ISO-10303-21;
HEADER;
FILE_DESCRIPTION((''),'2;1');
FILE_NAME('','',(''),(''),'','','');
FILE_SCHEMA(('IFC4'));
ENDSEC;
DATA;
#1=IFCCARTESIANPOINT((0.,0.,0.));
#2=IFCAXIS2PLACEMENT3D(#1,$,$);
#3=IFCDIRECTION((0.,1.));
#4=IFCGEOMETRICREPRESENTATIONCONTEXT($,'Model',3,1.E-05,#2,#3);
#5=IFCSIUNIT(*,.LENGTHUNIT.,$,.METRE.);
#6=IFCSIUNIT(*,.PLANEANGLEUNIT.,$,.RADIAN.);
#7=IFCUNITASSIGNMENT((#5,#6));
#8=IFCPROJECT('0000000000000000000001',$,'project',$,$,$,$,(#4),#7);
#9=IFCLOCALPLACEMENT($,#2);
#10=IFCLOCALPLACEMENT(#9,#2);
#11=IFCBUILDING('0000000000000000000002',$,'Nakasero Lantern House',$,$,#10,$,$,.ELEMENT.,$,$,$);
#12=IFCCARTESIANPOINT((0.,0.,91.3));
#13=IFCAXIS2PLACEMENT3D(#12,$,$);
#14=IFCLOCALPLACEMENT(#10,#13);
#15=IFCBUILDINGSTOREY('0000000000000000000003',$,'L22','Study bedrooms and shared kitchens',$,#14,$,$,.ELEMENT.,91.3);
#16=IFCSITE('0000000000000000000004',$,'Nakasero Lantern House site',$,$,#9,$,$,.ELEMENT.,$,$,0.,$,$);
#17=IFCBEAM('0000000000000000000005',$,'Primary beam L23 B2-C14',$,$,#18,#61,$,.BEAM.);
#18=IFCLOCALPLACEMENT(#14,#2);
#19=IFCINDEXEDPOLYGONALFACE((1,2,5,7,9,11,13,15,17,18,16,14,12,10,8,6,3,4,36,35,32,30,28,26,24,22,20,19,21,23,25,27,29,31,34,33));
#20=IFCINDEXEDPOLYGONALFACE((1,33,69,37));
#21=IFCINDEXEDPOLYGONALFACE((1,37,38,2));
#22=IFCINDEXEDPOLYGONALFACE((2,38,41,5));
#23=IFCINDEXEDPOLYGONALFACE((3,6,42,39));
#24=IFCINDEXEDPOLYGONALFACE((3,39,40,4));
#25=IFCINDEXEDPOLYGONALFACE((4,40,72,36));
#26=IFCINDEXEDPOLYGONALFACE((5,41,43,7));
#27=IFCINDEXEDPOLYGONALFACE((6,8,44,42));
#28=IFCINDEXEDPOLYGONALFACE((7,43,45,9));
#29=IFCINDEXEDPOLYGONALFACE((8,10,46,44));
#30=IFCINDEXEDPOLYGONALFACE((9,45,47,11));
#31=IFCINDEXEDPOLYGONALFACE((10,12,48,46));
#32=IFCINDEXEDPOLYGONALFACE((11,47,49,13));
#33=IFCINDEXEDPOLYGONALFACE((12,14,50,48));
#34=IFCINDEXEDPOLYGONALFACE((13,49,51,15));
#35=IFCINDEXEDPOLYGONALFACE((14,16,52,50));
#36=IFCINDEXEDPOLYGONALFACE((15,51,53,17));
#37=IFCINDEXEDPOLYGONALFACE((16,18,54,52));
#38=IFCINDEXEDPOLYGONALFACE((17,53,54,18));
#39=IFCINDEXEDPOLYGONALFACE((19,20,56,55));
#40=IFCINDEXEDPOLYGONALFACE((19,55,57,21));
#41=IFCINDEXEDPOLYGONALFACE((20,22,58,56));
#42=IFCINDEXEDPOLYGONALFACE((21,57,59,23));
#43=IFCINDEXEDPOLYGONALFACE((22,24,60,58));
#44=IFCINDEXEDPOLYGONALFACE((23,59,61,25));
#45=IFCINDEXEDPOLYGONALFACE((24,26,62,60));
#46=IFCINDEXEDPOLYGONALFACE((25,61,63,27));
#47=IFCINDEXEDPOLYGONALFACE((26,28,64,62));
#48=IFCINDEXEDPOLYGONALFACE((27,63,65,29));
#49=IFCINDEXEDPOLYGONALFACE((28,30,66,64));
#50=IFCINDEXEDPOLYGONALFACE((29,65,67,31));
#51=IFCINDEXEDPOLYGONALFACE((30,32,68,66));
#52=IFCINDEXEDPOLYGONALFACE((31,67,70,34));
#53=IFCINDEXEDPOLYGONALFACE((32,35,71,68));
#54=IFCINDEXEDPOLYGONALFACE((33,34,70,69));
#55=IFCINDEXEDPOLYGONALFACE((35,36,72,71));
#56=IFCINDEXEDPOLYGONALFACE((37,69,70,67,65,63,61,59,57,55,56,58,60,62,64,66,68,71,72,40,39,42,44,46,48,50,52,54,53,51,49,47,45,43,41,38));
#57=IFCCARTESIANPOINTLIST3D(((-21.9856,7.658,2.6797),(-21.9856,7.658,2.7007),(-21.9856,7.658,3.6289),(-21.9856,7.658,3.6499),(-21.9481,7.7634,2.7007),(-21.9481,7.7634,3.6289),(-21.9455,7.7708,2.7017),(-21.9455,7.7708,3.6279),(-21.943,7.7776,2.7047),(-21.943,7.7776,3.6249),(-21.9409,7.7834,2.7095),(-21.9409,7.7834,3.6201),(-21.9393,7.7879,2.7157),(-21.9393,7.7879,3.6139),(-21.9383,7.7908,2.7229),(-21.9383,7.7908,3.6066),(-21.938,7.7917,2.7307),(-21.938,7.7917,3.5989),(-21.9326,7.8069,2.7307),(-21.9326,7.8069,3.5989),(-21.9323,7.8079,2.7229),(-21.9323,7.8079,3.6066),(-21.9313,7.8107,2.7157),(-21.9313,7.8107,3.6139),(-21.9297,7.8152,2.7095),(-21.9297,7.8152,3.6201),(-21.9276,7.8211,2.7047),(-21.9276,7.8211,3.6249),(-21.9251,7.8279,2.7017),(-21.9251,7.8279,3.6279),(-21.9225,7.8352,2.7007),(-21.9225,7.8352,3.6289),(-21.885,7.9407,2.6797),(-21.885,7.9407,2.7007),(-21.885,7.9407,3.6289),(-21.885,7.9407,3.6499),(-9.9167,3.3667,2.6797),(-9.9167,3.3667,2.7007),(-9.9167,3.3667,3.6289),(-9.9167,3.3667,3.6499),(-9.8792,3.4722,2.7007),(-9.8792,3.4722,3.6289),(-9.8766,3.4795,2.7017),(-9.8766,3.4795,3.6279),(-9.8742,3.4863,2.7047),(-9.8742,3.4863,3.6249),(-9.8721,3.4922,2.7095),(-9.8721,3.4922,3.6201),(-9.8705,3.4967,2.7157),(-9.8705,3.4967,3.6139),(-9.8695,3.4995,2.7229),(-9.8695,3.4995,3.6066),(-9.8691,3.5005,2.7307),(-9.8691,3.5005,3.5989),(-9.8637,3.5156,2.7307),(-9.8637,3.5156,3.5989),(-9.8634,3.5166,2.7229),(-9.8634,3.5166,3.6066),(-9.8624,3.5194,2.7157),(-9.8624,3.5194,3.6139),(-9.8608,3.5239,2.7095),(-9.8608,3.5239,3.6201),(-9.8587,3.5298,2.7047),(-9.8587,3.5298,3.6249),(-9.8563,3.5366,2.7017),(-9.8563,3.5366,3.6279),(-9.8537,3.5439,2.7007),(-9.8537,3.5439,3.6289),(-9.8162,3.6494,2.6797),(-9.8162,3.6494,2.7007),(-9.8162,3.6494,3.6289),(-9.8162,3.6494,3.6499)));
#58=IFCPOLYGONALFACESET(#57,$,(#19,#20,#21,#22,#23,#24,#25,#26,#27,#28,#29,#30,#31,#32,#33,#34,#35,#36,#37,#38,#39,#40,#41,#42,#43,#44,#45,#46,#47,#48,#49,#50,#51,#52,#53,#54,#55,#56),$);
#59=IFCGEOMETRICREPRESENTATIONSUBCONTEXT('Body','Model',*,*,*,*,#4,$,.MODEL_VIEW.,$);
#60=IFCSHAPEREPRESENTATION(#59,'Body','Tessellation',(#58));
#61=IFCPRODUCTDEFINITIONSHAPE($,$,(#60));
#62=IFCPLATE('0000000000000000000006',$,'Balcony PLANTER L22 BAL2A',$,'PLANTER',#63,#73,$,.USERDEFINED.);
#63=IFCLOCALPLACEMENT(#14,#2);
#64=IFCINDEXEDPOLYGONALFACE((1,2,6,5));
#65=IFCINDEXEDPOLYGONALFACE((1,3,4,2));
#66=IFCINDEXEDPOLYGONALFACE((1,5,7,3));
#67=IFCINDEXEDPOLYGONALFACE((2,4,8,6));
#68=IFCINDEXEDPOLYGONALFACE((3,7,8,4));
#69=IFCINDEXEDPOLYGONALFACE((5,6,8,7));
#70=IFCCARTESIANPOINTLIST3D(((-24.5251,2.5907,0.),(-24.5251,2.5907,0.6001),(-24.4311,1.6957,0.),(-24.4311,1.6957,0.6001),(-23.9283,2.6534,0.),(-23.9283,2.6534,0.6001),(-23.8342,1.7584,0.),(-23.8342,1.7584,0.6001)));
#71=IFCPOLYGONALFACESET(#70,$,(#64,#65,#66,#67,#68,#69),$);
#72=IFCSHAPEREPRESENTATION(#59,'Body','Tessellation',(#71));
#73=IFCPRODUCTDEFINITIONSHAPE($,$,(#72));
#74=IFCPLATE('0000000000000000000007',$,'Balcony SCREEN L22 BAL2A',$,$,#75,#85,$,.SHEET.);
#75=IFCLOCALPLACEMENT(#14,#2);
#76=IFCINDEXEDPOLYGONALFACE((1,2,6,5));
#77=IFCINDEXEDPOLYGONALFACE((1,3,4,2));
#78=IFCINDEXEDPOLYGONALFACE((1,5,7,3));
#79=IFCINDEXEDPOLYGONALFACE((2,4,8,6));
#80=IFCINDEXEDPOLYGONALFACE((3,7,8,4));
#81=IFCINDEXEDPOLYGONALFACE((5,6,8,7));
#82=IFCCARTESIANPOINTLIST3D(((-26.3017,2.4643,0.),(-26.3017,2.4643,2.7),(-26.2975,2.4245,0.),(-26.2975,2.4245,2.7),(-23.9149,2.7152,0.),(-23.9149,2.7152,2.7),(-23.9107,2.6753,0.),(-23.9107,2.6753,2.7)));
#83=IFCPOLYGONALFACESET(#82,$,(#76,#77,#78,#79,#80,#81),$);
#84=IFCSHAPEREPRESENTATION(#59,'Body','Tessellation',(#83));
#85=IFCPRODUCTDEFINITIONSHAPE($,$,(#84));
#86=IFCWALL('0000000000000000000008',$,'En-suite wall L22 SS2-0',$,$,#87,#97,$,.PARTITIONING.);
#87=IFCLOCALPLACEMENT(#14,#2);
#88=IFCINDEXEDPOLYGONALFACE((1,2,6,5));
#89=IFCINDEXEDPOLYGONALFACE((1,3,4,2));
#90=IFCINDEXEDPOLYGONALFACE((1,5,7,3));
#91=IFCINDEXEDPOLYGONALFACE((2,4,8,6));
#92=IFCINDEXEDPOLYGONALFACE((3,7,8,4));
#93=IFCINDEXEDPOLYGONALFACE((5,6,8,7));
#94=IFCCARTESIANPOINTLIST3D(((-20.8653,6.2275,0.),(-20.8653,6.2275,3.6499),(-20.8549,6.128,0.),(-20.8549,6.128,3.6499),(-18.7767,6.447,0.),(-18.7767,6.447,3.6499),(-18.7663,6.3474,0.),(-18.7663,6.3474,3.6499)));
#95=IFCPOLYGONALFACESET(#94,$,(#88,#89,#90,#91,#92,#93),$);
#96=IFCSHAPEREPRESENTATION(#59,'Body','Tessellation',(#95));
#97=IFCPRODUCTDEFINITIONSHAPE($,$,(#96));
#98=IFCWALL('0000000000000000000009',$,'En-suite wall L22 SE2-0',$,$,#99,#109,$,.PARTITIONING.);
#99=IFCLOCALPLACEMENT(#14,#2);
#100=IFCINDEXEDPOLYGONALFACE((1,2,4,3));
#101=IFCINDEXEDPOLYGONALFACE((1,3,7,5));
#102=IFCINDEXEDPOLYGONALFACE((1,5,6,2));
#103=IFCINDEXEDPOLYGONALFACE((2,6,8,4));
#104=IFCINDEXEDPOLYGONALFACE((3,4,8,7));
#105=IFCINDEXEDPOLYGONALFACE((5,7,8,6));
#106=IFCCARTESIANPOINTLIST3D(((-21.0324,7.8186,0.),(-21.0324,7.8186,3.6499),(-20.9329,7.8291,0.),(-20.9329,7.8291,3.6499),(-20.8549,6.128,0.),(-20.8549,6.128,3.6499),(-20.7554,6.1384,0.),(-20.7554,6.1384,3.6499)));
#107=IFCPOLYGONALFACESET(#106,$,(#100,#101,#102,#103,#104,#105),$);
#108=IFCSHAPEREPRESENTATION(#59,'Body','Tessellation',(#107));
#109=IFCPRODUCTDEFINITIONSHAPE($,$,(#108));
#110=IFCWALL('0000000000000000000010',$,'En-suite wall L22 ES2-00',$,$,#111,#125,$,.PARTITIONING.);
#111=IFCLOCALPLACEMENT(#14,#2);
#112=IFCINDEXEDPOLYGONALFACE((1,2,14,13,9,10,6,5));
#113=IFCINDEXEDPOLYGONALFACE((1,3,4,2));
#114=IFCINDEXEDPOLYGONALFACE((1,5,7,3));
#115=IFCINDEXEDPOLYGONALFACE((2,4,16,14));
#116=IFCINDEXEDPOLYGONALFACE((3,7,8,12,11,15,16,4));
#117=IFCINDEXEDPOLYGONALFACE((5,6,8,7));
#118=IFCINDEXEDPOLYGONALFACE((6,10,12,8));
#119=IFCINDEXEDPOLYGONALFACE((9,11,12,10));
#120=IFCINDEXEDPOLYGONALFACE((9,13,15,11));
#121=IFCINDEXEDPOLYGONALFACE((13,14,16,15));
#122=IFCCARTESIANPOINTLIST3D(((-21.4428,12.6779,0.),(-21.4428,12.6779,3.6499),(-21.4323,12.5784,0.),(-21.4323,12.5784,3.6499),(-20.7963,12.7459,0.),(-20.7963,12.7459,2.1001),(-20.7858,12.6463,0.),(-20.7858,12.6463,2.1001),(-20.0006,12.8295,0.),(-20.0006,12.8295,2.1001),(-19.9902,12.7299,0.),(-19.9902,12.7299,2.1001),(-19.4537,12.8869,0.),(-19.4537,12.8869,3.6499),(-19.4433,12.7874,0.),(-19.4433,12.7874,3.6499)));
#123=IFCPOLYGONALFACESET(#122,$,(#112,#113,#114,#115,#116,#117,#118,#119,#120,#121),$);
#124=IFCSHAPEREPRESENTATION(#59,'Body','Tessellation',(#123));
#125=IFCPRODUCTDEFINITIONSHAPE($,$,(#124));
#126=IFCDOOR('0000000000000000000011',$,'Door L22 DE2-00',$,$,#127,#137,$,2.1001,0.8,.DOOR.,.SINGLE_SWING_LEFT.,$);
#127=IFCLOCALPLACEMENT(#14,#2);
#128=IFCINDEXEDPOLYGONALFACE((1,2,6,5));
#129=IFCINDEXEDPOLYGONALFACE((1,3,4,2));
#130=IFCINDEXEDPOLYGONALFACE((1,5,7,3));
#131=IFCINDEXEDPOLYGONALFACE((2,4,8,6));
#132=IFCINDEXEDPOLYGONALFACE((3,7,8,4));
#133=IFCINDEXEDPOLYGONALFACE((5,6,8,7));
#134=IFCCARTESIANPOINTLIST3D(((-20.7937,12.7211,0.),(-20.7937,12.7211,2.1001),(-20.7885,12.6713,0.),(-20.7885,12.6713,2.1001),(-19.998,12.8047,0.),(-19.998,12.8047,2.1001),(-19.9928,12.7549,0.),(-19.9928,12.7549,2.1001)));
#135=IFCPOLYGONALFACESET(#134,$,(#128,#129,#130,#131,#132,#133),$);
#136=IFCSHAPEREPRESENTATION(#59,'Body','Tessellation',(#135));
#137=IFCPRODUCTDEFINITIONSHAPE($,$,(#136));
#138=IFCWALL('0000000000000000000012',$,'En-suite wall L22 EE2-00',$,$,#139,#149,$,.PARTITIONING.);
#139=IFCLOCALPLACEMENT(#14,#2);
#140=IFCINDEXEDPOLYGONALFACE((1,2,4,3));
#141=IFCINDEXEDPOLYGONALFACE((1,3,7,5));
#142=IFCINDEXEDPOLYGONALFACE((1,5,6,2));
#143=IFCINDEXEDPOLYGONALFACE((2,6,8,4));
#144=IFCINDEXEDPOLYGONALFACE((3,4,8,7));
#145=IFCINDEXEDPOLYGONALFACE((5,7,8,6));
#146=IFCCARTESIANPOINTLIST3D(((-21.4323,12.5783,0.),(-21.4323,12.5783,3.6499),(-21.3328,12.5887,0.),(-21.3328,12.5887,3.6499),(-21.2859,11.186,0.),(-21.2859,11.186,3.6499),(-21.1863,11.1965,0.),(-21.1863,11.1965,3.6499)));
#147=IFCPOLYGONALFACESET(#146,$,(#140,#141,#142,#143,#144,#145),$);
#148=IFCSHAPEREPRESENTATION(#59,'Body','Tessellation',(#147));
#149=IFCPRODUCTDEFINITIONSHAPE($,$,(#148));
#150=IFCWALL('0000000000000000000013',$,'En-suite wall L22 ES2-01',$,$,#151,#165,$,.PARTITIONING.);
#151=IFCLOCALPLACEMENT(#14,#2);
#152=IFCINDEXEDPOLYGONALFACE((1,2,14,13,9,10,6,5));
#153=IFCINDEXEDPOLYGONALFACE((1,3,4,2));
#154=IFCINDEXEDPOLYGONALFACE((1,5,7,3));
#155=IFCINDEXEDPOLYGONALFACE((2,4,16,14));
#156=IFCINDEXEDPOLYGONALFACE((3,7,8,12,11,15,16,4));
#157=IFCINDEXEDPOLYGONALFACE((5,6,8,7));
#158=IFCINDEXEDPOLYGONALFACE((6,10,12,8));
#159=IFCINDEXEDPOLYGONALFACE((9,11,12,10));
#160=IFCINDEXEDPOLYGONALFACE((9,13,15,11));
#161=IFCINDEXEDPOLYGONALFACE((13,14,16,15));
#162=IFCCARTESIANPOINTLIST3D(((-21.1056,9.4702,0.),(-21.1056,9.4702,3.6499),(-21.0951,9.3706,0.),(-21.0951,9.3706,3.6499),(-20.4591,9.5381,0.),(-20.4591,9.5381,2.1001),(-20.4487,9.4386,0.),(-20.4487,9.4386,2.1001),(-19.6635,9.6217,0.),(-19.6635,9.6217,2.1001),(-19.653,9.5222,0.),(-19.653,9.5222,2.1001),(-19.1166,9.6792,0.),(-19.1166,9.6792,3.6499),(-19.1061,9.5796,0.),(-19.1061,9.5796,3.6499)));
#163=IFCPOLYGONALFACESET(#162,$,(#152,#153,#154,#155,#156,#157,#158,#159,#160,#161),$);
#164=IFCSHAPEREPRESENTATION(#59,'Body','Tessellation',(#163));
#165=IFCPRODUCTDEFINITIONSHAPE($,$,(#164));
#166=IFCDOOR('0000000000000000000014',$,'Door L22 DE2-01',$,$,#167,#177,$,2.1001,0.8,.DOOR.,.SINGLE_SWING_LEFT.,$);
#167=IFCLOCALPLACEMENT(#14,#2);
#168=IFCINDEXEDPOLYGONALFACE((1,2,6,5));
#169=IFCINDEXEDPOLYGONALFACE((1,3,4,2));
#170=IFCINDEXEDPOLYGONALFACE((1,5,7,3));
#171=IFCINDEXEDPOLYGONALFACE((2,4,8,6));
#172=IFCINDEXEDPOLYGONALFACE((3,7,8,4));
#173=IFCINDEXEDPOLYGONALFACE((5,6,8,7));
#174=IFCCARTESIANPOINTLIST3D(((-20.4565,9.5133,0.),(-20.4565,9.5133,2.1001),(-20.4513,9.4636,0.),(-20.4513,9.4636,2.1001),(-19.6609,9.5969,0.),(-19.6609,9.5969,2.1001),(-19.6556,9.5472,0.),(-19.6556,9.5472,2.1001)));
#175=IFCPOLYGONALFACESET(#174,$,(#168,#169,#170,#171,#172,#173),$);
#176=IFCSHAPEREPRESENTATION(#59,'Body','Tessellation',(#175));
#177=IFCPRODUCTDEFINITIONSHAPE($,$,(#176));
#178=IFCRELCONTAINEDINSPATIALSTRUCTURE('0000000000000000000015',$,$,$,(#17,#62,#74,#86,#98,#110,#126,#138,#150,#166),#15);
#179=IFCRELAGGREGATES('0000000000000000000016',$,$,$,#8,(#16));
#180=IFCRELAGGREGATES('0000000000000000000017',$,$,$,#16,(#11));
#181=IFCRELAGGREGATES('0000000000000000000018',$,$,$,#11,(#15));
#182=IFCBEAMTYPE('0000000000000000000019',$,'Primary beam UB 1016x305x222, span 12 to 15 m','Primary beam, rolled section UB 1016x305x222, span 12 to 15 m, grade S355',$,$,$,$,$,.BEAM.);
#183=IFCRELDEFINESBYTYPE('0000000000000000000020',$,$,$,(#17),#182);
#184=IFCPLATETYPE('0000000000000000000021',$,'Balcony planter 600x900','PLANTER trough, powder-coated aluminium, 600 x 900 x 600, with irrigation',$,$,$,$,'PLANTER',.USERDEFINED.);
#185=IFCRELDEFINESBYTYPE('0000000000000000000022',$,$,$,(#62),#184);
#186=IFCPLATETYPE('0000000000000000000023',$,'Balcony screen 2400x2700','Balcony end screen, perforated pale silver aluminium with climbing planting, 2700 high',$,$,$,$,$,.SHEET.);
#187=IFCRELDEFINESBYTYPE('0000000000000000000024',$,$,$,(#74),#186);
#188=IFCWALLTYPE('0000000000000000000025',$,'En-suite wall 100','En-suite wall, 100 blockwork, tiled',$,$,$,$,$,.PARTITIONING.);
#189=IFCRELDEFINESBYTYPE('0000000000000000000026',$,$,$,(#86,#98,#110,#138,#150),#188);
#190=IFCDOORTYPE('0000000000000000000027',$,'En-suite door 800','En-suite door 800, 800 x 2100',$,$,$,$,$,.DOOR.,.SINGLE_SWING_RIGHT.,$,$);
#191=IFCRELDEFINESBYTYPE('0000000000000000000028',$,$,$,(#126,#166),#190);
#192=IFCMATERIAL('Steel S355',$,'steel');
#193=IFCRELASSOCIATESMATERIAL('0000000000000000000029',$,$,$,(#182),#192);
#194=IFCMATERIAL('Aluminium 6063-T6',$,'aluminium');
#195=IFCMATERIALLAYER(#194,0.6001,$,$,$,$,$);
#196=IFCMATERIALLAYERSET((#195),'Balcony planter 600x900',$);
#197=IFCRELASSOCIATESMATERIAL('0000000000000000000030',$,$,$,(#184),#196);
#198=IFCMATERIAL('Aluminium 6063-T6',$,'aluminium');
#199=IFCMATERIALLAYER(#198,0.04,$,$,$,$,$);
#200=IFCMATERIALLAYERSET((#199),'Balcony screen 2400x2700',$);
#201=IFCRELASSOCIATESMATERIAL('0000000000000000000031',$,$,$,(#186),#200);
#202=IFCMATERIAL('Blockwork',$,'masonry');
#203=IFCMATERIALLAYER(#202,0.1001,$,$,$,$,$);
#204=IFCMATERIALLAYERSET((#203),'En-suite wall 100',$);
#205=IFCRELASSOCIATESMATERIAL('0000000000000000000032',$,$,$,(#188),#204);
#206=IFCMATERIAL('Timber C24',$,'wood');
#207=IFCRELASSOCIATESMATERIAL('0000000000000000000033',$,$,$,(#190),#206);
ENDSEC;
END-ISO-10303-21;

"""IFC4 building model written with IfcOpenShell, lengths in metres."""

from ifc_helpers import new_model, si_unit, direction, frame, frame_2d, origin, origin_2d, place, context, subcontext, project, spatial, rectangle, i_section, extrude, material, layer, layer_set, material_profile, profile_set, type_object, element, fill, save


model = new_model("IFC4")

# Units and contexts
model_context = context("Model", 3, precision=1e-05, world=origin(), true_north=direction((0.0, 1.0)))
body_context = subcontext(model_context, "Body", "Model", "MODEL_VIEW")
ifc_project = project(units=[si_unit("LENGTHUNIT", "METRE"), si_unit("PLANEANGLEUNIT", "RADIAN")], contexts=[model_context])

# Site, building, storey
site_placement = place(None, origin())
site = spatial("IfcSite", under=ifc_project, at=site_placement, Name="Nakasero Lantern House site", CompositionType="ELEMENT", RefElevation=0.0)
building_placement = place(site_placement, origin())
building = spatial("IfcBuilding", under=site, at=building_placement, Name="Nakasero Lantern House", CompositionType="ELEMENT")
storey_placement = place(building_placement, frame((0.0, 0.0, 91.3)))
storey = spatial("IfcBuildingStorey", under=building, at=storey_placement, Name="L22", Description="Study bedrooms and shared kitchens", CompositionType="ELEMENT", Elevation=91.3)

# Beam
ifc_material_1 = material(Name="Steel S355", Category="steel")
ifc_material_profile_1 = material_profile(ifc_material_1, i_section(OverallWidth=0.3, OverallDepth=0.9702, WebThickness=0.0161, FlangeThickness=0.021, FilletRadius=0.03, at=origin_2d()), Name="UB 1016x305x222")
ifc_profile_set_1 = profile_set([ifc_material_profile_1], Name="Steel S355")
beam_type_1 = type_object("IfcBeamType", Name="Primary beam UB 1016x305x222, span 12 to 15 m", Description="Primary beam, rolled section UB 1016x305x222, span 12 to 15 m, grade S355", PredefinedType="BEAM", material=ifc_profile_set_1)
beam_1_placement = place(storey_placement, frame((-21.9353, 7.7993, 3.1648), z_axis=(0.942212, -0.335018, 0.0), x_axis=(0.335018, 0.942212, 0.0)))
element("IfcBeam", 1, at=beam_1_placement, inside=storey, type_object=beam_type_1, Name="Primary beam L23 B2-C14", PredefinedType="BEAM", context=body_context, shape_type="SweptSolid", body=[
    extrude(i_section(OverallWidth=0.3, OverallDepth=0.9702, WebThickness=0.0161, FlangeThickness=0.021, FilletRadius=0.03, at=origin_2d()), origin(), (0.0, 0.0, 1.0), 12.8091),
])

# Plates
ifc_material_2 = material(Name="Aluminium 6063-T6", Category="aluminium")
ifc_layer_1 = layer(ifc_material_2, 0.6001)
ifc_layer_set_1 = layer_set([ifc_layer_1], Name="Balcony planter 600x900")
plate_type_1 = type_object("IfcPlateType", Name="Balcony planter 600x900", Description="PLANTER trough, powder-coated aluminium, 600 x 900 x 600, with irrigation", ElementType="PLANTER", PredefinedType="USERDEFINED", material=ifc_layer_set_1)
plate_1_placement = place(storey_placement, frame((-24.1797, 2.1746, 0.0), z_axis=(0.0, 0.0, 1.0), x_axis=(-0.994522, -0.104528, 0.0)))
element("IfcPlate", 2, at=plate_1_placement, inside=storey, type_object=plate_type_1, Name="Balcony PLANTER L22 BAL2A", ObjectType="PLANTER", PredefinedType="USERDEFINED", context=body_context, shape_type="SweptSolid", body=[
    extrude(rectangle(XDim=0.6001, YDim=0.8999, at=origin_2d()), origin(), (0.0, 0.0, 1.0), 0.6001),
])
ifc_material_3 = material(Name="Aluminium 6063-T6", Category="aluminium")
ifc_layer_2 = layer(ifc_material_3, 0.04)
ifc_layer_set_2 = layer_set([ifc_layer_2], Name="Balcony screen 2400x2700")
plate_type_2 = type_object("IfcPlateType", Name="Balcony screen 2400x2700", Description="Balcony end screen, perforated pale silver aluminium with climbing planting, 2700 high", PredefinedType="SHEET", material=ifc_layer_set_2)
plate_2_placement = place(storey_placement, frame((-25.1062, 2.5698, 0.0), z_axis=(0.0, 0.0, 1.0), x_axis=(-0.994522, -0.104528, 0.0)))
element("IfcPlate", 3, at=plate_2_placement, inside=storey, type_object=plate_type_2, Name="Balcony SCREEN L22 BAL2A", PredefinedType="SHEET", context=body_context, shape_type="SweptSolid", body=[
    extrude(rectangle(XDim=2.3999, YDim=0.04, at=origin_2d()), origin(), (0.0, 0.0, 1.0), 2.7),
])

# Walls
ifc_material_4 = material(Name="Blockwork", Category="masonry")
ifc_layer_3 = layer(ifc_material_4, 0.1001)
ifc_layer_set_3 = layer_set([ifc_layer_3], Name="En-suite wall 100")
wall_type_1 = type_object("IfcWallType", Name="En-suite wall 100", Description="En-suite wall, 100 blockwork, tiled", PredefinedType="PARTITIONING", material=ifc_layer_set_3)
wall_1_placement = place(storey_placement, frame((-18.7715, 6.3972, 0.0), z_axis=(0.0, 0.0, 1.0), x_axis=(-0.994524, -0.104509, 0.0)))
element("IfcWall", 4, at=wall_1_placement, inside=storey, type_object=wall_type_1, Name="En-suite wall L22 SS2-0", PredefinedType="PARTITIONING", context=body_context, shape_type="SweptSolid", body=[
    extrude(rectangle(XDim=2.1001, YDim=0.1001, at=frame_2d((1.05, 0.0))), origin(), (0.0, 0.0, 1.0), 3.6499),
])
wall_2_placement = place(storey_placement, frame((-20.9827, 7.824, 0.0), z_axis=(0.0, 0.0, 1.0), x_axis=(0.104408, -0.994535, 0.0)))
element("IfcWall", 5, at=wall_2_placement, inside=storey, type_object=wall_type_1, Name="En-suite wall L22 SE2-0", PredefinedType="PARTITIONING", context=body_context, shape_type="SweptSolid", body=[
    extrude(rectangle(XDim=1.7, YDim=0.1001, at=frame_2d((0.8501, 0.0))), origin(), (0.0, 0.0, 1.0), 3.6499),
])

# Wall, opening, door
wall_3_placement = place(storey_placement, frame((-19.4485, 12.8372, 0.0), z_axis=(0.0, 0.0, 1.0), x_axis=(-0.994526, -0.104494, 0.0)))
wall_3 = element("IfcWall", 6, at=wall_3_placement, inside=storey, type_object=wall_type_1, Name="En-suite wall L22 ES2-00", PredefinedType="PARTITIONING", context=body_context, shape_type="SweptSolid", body=[
    extrude(rectangle(XDim=2.0, YDim=0.1001, at=frame_2d((1.0, 0.0))), origin(), (0.0, 0.0, 1.0), 3.6499),
])
opening_1_placement = place(wall_3_placement, frame((0.55, 0.0, 0.0)))
opening_1 = element("IfcOpeningElement", 7, at=opening_1_placement, cuts=wall_3, PredefinedType="OPENING", context=body_context, shape_type="SweptSolid", body=[
    extrude(rectangle(XDim=0.8, YDim=2.1001, at=frame_2d((0.3999, 1.05))), frame((0.0, 0.0701, 0.0), z_axis=(0.0, -1.0, 0.0), x_axis=(1.0, 0.0, 0.0)), (0.0, 0.0, 1.0), 0.1401),
])
ifc_material_5 = material(Name="Timber C24", Category="wood")
door_type_1 = type_object("IfcDoorType", Name="En-suite door 800", Description="En-suite door 800, 800 x 2100", OperationType="SINGLE_SWING_RIGHT", PredefinedType="DOOR", material=ifc_material_5)
door_1_placement = place(opening_1_placement, origin())
door_1 = element("IfcDoor", 8, at=door_1_placement, inside=storey, type_object=door_type_1, Name="Door L22 DE2-00", OperationType="SINGLE_SWING_LEFT", OverallHeight=2.1001, OverallWidth=0.8, PredefinedType="DOOR", context=body_context, shape_type="SweptSolid", body=[
    extrude(rectangle(XDim=0.8, YDim=2.1001, at=frame_2d((0.3999, 1.05))), frame((0.0, 0.0249, 0.0), z_axis=(0.0, -1.0, 0.0), x_axis=(1.0, 0.0, 0.0)), (0.0, 0.0, 1.0), 0.05),
])
fill(opening_1, door_1)

# Wall
wall_4_placement = place(storey_placement, frame((-21.3826, 12.5835, 0.0), z_axis=(0.0, 0.0, 1.0), x_axis=(0.10463, -0.994511, 0.0)))
element("IfcWall", 9, at=wall_4_placement, inside=storey, type_object=wall_type_1, Name="En-suite wall L22 EE2-00", PredefinedType="PARTITIONING", context=body_context, shape_type="SweptSolid", body=[
    extrude(rectangle(XDim=1.3999, YDim=0.1001, at=frame_2d((0.7, 0.0))), origin(), (0.0, 0.0, 1.0), 3.6499),
])

# Wall, opening, door
wall_5_placement = place(storey_placement, frame((-19.1113, 9.6294, 0.0), z_axis=(0.0, 0.0, 1.0), x_axis=(-0.994526, -0.104494, 0.0)))
wall_5 = element("IfcWall", 10, at=wall_5_placement, inside=storey, type_object=wall_type_1, Name="En-suite wall L22 ES2-01", PredefinedType="PARTITIONING", context=body_context, shape_type="SweptSolid", body=[
    extrude(rectangle(XDim=2.0, YDim=0.1001, at=frame_2d((1.0, 0.0))), origin(), (0.0, 0.0, 1.0), 3.6499),
])
opening_2_placement = place(wall_5_placement, frame((0.55, 0.0, 0.0)))
opening_2 = element("IfcOpeningElement", 11, at=opening_2_placement, cuts=wall_5, PredefinedType="OPENING", context=body_context, shape_type="SweptSolid", body=[
    extrude(rectangle(XDim=0.8, YDim=2.1001, at=frame_2d((0.3999, 1.05))), frame((0.0, 0.0701, 0.0), z_axis=(0.0, -1.0, 0.0), x_axis=(1.0, 0.0, 0.0)), (0.0, 0.0, 1.0), 0.1401),
])
door_2_placement = place(opening_2_placement, origin())
door_2 = element("IfcDoor", 12, at=door_2_placement, inside=storey, type_object=door_type_1, Name="Door L22 DE2-01", OperationType="SINGLE_SWING_LEFT", OverallHeight=2.1001, OverallWidth=0.8, PredefinedType="DOOR", context=body_context, shape_type="SweptSolid", body=[
    extrude(rectangle(XDim=0.8, YDim=2.1001, at=frame_2d((0.3999, 1.05))), frame((0.0, 0.0249, 0.0), z_axis=(0.0, -1.0, 0.0), x_axis=(1.0, 0.0, 0.0)), (0.0, 0.0, 1.0), 0.05),
])
fill(opening_2, door_2)

save(model, "model.ifc")
